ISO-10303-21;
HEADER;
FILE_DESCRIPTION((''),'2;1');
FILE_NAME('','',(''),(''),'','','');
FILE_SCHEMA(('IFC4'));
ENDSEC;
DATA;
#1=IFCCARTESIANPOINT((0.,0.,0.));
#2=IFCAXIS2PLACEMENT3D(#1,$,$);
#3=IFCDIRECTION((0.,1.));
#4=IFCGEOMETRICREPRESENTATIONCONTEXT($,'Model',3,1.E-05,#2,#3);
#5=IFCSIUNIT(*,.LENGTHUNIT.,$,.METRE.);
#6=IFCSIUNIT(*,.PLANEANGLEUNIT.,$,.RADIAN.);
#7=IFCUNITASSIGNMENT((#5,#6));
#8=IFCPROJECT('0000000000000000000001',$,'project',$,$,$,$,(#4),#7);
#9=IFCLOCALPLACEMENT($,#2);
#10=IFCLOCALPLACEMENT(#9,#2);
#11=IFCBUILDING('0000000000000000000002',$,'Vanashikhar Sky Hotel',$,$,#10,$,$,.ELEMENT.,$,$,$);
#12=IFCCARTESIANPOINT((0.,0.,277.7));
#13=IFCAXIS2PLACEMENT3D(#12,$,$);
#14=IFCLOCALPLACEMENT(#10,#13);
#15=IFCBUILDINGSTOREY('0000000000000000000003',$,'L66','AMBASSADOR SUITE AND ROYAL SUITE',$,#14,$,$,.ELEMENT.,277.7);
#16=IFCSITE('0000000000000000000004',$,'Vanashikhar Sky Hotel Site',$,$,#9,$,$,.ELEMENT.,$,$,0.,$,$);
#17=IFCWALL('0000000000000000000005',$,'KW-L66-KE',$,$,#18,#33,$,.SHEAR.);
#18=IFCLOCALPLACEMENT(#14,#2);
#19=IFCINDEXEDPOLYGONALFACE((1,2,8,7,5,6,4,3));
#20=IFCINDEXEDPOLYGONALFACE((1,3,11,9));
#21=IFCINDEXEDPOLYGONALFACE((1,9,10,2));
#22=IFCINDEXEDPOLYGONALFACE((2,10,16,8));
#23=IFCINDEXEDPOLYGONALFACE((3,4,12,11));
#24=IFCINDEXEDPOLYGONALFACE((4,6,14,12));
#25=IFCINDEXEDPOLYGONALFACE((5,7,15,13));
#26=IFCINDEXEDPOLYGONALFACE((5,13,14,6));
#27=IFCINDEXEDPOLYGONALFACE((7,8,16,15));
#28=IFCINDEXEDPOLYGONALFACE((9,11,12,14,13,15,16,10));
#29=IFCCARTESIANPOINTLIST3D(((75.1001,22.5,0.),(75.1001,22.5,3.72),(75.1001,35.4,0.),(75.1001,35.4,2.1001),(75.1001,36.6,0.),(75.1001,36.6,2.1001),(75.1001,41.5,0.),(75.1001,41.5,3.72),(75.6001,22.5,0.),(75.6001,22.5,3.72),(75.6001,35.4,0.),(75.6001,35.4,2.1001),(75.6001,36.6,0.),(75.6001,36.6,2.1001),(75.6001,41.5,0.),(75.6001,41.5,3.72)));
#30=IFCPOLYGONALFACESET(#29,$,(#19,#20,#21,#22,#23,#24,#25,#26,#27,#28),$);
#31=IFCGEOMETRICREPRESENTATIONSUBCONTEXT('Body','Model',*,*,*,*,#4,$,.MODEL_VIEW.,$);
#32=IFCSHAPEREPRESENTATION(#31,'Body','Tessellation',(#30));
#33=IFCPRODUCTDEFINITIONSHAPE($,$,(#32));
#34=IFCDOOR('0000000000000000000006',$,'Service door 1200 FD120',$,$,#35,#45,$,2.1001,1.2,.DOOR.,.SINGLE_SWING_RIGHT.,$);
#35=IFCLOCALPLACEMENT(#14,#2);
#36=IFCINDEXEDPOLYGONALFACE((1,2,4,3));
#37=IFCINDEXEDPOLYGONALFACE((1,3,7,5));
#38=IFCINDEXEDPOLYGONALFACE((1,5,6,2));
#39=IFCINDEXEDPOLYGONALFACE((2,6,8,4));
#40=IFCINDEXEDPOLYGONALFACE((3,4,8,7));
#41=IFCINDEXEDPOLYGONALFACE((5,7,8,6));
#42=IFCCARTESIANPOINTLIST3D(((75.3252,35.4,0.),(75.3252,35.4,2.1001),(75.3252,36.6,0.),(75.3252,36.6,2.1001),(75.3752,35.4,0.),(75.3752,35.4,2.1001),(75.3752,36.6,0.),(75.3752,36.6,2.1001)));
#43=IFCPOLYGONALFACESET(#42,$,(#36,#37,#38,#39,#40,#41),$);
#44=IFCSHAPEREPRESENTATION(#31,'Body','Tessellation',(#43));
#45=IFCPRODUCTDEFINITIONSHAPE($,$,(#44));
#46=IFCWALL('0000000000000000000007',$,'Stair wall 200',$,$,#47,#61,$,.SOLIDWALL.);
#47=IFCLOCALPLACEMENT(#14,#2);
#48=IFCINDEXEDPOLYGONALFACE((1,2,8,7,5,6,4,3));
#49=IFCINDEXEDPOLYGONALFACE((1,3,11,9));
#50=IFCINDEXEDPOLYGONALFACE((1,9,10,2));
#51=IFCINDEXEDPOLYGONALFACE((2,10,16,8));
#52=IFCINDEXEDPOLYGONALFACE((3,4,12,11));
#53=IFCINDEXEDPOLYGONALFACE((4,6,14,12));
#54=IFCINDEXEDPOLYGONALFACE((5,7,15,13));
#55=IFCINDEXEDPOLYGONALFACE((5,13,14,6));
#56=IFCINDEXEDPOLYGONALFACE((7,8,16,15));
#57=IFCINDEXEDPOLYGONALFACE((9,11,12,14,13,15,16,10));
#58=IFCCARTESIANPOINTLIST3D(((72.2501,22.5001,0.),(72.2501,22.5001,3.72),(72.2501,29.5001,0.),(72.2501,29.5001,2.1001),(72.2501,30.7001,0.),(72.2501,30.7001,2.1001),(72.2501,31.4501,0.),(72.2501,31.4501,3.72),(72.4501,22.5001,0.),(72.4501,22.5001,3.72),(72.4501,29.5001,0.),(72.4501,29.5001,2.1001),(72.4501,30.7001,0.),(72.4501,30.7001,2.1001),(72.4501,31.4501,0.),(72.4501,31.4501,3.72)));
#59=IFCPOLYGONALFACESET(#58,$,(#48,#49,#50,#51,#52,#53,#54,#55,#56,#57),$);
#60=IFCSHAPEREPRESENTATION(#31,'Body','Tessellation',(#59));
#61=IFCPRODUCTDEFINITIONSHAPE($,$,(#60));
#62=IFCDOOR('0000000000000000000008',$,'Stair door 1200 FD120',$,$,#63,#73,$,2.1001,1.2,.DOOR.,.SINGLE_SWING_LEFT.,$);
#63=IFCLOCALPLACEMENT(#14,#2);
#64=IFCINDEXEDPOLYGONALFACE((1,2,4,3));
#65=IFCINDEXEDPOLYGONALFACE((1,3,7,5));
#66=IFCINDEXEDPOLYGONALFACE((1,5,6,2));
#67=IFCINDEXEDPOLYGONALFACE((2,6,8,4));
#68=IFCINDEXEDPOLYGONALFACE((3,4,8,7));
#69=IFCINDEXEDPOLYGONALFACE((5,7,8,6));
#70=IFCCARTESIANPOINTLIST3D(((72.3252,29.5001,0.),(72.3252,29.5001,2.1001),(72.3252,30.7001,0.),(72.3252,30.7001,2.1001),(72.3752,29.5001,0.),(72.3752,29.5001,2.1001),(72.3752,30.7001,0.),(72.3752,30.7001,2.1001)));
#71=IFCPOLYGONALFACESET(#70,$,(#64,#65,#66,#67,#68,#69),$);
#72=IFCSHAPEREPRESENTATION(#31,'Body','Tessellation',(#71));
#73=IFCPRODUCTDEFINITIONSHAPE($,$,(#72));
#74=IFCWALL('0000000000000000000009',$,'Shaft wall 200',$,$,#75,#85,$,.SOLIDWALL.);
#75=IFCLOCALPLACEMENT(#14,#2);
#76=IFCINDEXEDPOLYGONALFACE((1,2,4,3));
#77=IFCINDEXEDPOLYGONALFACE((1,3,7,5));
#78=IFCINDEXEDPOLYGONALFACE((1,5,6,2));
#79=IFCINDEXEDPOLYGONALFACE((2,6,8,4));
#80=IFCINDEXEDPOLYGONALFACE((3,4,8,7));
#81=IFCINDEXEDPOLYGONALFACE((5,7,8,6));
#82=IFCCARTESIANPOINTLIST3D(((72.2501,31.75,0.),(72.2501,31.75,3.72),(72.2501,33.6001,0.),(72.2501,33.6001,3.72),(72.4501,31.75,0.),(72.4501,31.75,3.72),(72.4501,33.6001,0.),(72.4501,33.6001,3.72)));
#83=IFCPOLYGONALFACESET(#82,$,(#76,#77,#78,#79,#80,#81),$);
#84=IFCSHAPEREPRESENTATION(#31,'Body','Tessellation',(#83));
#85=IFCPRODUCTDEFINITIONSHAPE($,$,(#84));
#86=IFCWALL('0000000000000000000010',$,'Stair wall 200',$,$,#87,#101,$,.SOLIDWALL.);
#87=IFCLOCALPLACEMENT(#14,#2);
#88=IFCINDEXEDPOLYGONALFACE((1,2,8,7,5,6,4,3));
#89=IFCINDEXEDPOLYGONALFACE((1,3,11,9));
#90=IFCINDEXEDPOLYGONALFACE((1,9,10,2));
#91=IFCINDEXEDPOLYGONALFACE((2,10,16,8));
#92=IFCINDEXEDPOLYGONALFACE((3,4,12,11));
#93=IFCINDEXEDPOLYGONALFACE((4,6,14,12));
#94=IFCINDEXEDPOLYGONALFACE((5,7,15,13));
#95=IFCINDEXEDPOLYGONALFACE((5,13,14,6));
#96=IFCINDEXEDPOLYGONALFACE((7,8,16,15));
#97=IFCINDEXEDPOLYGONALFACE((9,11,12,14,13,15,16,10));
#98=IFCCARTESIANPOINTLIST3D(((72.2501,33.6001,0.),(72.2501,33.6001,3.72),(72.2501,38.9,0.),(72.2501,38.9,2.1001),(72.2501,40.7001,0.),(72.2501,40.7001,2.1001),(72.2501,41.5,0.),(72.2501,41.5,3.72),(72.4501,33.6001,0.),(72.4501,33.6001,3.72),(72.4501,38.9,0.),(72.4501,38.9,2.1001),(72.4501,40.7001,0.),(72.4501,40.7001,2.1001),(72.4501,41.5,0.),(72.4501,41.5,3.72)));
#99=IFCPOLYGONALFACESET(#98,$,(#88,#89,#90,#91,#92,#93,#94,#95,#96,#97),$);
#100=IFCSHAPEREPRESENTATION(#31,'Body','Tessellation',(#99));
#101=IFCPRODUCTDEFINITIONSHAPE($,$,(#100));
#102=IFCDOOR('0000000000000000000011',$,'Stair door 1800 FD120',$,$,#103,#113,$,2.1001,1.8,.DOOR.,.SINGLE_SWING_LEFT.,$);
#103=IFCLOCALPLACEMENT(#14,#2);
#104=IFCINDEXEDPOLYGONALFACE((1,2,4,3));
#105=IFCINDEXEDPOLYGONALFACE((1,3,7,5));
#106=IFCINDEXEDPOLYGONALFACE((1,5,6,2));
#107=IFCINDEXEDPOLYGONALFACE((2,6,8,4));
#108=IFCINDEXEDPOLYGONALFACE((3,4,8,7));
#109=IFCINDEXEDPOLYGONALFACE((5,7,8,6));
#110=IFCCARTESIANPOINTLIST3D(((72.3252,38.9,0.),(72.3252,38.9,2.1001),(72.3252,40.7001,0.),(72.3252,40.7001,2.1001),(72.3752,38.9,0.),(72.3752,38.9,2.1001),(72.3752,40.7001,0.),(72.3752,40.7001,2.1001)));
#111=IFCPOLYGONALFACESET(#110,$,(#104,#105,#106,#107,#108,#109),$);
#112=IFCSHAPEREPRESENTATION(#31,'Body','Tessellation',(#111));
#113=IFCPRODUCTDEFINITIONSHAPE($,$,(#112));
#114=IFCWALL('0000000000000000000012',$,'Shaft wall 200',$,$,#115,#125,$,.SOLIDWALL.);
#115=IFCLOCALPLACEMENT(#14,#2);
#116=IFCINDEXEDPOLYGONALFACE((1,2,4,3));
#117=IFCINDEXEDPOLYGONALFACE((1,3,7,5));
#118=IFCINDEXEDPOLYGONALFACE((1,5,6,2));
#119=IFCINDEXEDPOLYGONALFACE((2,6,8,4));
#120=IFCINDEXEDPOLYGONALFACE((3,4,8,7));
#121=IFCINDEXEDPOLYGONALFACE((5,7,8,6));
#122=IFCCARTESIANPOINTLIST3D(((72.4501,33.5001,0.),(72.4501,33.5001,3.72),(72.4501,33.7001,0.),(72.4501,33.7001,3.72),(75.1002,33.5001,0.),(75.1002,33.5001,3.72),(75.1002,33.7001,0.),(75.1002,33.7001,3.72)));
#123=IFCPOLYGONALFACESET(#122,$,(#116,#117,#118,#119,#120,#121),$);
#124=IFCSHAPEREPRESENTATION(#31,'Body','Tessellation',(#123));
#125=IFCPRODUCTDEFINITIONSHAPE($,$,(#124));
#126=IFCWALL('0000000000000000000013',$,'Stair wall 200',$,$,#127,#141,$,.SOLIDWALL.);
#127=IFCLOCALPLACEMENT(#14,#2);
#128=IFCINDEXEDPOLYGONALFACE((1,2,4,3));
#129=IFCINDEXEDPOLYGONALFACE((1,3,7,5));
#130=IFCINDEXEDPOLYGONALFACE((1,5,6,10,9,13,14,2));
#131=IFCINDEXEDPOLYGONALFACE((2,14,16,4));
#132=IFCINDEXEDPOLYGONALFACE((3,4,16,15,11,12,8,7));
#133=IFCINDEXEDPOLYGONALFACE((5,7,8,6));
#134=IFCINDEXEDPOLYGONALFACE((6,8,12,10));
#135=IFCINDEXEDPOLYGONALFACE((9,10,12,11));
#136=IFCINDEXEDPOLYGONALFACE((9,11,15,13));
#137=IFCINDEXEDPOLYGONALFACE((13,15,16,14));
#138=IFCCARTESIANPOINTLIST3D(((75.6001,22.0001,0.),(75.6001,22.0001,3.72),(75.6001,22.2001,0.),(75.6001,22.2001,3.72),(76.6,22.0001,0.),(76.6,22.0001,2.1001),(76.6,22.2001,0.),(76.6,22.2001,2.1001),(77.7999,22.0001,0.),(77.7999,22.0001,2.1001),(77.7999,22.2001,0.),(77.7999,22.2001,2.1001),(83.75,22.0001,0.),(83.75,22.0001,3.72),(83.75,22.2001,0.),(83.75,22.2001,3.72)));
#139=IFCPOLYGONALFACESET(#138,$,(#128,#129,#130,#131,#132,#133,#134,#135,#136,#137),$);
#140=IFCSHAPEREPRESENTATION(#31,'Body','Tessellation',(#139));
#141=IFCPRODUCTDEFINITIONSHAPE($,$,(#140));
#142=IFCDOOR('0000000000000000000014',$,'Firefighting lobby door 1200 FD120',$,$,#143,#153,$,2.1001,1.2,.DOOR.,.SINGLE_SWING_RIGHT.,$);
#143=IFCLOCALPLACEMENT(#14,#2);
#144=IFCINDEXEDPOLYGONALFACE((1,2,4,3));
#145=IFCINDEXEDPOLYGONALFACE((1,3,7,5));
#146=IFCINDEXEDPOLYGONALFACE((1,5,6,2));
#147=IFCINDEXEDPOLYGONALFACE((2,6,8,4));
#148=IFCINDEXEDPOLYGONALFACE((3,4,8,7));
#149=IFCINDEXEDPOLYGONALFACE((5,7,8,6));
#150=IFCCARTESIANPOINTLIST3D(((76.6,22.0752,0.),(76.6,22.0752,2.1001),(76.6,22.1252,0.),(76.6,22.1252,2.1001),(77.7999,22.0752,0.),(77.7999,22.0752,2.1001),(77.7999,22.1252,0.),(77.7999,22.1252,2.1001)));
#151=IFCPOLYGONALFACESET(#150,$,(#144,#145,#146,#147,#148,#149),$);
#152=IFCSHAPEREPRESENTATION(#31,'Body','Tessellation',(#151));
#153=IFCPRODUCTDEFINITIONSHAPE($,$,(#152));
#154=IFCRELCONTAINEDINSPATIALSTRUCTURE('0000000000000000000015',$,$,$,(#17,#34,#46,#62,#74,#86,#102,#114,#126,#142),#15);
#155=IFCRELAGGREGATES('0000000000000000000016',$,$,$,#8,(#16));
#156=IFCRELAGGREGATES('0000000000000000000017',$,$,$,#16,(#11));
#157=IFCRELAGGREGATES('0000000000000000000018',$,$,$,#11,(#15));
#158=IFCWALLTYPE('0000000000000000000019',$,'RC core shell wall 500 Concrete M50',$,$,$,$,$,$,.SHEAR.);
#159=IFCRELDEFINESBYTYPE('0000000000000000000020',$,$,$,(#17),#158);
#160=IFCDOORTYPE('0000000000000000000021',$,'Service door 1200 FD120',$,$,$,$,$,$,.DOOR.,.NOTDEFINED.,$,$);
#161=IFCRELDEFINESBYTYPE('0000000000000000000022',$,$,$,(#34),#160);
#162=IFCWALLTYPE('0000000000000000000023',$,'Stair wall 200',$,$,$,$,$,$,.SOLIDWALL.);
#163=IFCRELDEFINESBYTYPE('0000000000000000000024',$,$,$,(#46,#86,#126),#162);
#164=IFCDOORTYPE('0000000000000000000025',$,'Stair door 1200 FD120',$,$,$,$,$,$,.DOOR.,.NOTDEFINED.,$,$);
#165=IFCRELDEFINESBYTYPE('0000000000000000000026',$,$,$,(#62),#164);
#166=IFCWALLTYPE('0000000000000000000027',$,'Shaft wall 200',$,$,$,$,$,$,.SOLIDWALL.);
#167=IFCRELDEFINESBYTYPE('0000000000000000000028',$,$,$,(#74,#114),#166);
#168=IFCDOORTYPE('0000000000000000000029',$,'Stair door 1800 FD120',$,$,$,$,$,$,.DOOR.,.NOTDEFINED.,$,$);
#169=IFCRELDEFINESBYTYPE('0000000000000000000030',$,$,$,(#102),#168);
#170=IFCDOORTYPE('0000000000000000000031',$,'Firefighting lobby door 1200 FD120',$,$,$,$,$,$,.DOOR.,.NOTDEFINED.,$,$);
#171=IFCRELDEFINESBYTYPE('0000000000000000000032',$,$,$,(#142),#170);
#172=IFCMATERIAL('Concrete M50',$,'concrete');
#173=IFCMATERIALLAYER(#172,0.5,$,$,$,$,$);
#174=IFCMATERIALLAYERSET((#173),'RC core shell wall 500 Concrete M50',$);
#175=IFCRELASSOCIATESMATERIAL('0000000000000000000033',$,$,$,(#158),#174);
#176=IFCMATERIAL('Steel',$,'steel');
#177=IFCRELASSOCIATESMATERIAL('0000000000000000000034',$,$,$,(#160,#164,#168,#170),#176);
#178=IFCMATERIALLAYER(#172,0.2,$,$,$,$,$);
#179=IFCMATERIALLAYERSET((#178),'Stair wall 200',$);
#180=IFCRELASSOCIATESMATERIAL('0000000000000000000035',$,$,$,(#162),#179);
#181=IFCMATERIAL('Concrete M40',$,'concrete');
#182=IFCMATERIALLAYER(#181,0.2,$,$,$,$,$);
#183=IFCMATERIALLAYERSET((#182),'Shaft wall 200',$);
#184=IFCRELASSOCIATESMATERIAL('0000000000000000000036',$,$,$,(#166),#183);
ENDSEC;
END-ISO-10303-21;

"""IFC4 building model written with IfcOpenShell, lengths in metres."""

from ifc_helpers import new_model, si_unit, direction, frame, frame_2d, origin, place, context, subcontext, project, spatial, rectangle, extrude, source, transform, mapped, material, layer, layer_set, type_object, element, fill, save


model = new_model("IFC4")

# Units and contexts
model_context = context("Model", 3, precision=1e-05, world=origin(), true_north=direction((0.0, 1.0)))
body_context = subcontext(model_context, "Body", "Model", "MODEL_VIEW")
ifc_project = project(units=[si_unit("LENGTHUNIT", "METRE"), si_unit("PLANEANGLEUNIT", "RADIAN")], contexts=[model_context])

# Site, building, storey
site_placement = place(None, origin())
site = spatial("IfcSite", under=ifc_project, at=site_placement, Name="Vanashikhar Sky Hotel Site", CompositionType="ELEMENT", RefElevation=0.0)
building_placement = place(site_placement, origin())
building = spatial("IfcBuilding", under=site, at=building_placement, Name="Vanashikhar Sky Hotel", CompositionType="ELEMENT")
storey_placement = place(building_placement, frame((0.0, 0.0, 277.7)))
storey = spatial("IfcBuildingStorey", under=building, at=storey_placement, Name="L66", Description="AMBASSADOR SUITE AND ROYAL SUITE", CompositionType="ELEMENT", Elevation=277.7)

# Walls, openings, doors
ifc_material_1 = material(Name="Concrete M50", Category="concrete")
ifc_layer_1 = layer(ifc_material_1, 0.5)
ifc_layer_set_1 = layer_set([ifc_layer_1], Name="RC core shell wall 500 Concrete M50")
wall_type_1 = type_object("IfcWallType", Name="RC core shell wall 500 Concrete M50", PredefinedType="SHEAR", material=ifc_layer_set_1)
shared_shape_1 = source(origin(), body_context, "Body", "SweptSolid", [
    extrude(rectangle(XDim=19.0, YDim=0.5, at=frame_2d((9.5, 0.0))), origin(), (0.0, 0.0, 1.0), 3.72),
])
wall_1_placement = place(storey_placement, frame((75.3501, 22.5, 0.0), z_axis=(0.0, 0.0, 1.0), x_axis=(0.0, 1.0, 0.0)))
wall_1 = element("IfcWall", 1, at=wall_1_placement, inside=storey, type_object=wall_type_1, Name="KW-L66-KE", PredefinedType="SHEAR", context=body_context, shape_type="MappedRepresentation", body=[
    mapped(shared_shape_1, transform((0.0, 0.0, 0.0), scale=1.0)),
])
shared_shape_2 = source(origin(), body_context, "Body", "SweptSolid", [
    extrude(rectangle(XDim=1.2, YDim=2.1001, at=frame_2d((0.6001, 1.05))), frame((0.0, 0.26, 0.0), z_axis=(0.0, -1.0, 0.0), x_axis=(1.0, 0.0, 0.0)), (0.0, 0.0, 1.0), 0.52),
])
opening_1_placement = place(wall_1_placement, frame((12.8999, 0.0, 0.0)))
opening_1 = element("IfcOpeningElement", 2, at=opening_1_placement, cuts=wall_1, PredefinedType="OPENING", context=body_context, shape_type="MappedRepresentation", body=[
    mapped(shared_shape_2, transform((0.0, 0.0, 0.0), scale=1.0)),
])
ifc_material_2 = material(Name="Steel", Category="steel")
door_type_1 = type_object("IfcDoorType", Name="Service door 1200 FD120", OperationType="NOTDEFINED", PredefinedType="DOOR", material=ifc_material_2)
shared_shape_3 = source(origin(), body_context, "Body", "SweptSolid", [
    extrude(rectangle(XDim=1.2, YDim=2.1001, at=frame_2d((0.6001, 1.05))), frame((0.0, 0.0249, 0.0), z_axis=(0.0, -1.0, 0.0), x_axis=(1.0, 0.0, 0.0)), (0.0, 0.0, 1.0), 0.05),
])
door_1_placement = place(opening_1_placement, origin())
door_1 = element("IfcDoor", 3, at=door_1_placement, inside=storey, type_object=door_type_1, Name="Service door 1200 FD120", OperationType="SINGLE_SWING_RIGHT", OverallHeight=2.1001, OverallWidth=1.2, PredefinedType="DOOR", context=body_context, shape_type="MappedRepresentation", body=[
    mapped(shared_shape_3, transform((0.0, 0.0, 0.0), scale=1.0)),
])
fill(opening_1, door_1)
ifc_layer_2 = layer(ifc_material_1, 0.2)
ifc_layer_set_2 = layer_set([ifc_layer_2], Name="Stair wall 200")
wall_type_2 = type_object("IfcWallType", Name="Stair wall 200", PredefinedType="SOLIDWALL", material=ifc_layer_set_2)
shared_shape_4 = source(origin(), body_context, "Body", "SweptSolid", [
    extrude(rectangle(XDim=8.95, YDim=0.2, at=frame_2d((4.4751, 0.0))), origin(), (0.0, 0.0, 1.0), 3.72),
])
wall_2_placement = place(storey_placement, frame((72.3501, 22.5, 0.0), z_axis=(0.0, 0.0, 1.0), x_axis=(0.0, 1.0, 0.0)))
wall_2 = element("IfcWall", 4, at=wall_2_placement, inside=storey, type_object=wall_type_2, Name="Stair wall 200", PredefinedType="SOLIDWALL", context=body_context, shape_type="MappedRepresentation", body=[
    mapped(shared_shape_4, transform((0.0, 0.0, 0.0), scale=1.0)),
])
shared_shape_5 = source(origin(), body_context, "Body", "SweptSolid", [
    extrude(rectangle(XDim=1.2, YDim=2.1001, at=frame_2d((0.6001, 1.05))), frame((0.0, 0.1099, 0.0), z_axis=(0.0, -1.0, 0.0), x_axis=(1.0, 0.0, 0.0)), (0.0, 0.0, 1.0), 0.22),
])
opening_2_placement = place(wall_2_placement, frame((7.0, 0.0, 0.0)))
opening_2 = element("IfcOpeningElement", 5, at=opening_2_placement, cuts=wall_2, PredefinedType="OPENING", context=body_context, shape_type="MappedRepresentation", body=[
    mapped(shared_shape_5, transform((0.0, 0.0, 0.0), scale=1.0)),
])
door_type_2 = type_object("IfcDoorType", Name="Stair door 1200 FD120", OperationType="NOTDEFINED", PredefinedType="DOOR", material=ifc_material_2)
door_2_placement = place(opening_2_placement, origin())
door_2 = element("IfcDoor", 6, at=door_2_placement, inside=storey, type_object=door_type_2, Name="Stair door 1200 FD120", OperationType="SINGLE_SWING_LEFT", OverallHeight=2.1001, OverallWidth=1.2, PredefinedType="DOOR", context=body_context, shape_type="MappedRepresentation", body=[
    mapped(shared_shape_3, transform((0.0, 0.0, 0.0), scale=1.0)),
])
fill(opening_2, door_2)

# Wall
ifc_material_3 = material(Name="Concrete M40", Category="concrete")
ifc_layer_3 = layer(ifc_material_3, 0.2)
ifc_layer_set_3 = layer_set([ifc_layer_3], Name="Shaft wall 200")
wall_type_3 = type_object("IfcWallType", Name="Shaft wall 200", PredefinedType="SOLIDWALL", material=ifc_layer_set_3)
shared_shape_6 = source(origin(), body_context, "Body", "SweptSolid", [
    extrude(rectangle(XDim=1.8501, YDim=0.2, at=frame_2d((0.925, 0.0))), origin(), (0.0, 0.0, 1.0), 3.72),
])
wall_3_placement = place(storey_placement, frame((72.3501, 31.75, 0.0), z_axis=(0.0, 0.0, 1.0), x_axis=(0.0, 1.0, 0.0)))
element("IfcWall", 7, at=wall_3_placement, inside=storey, type_object=wall_type_3, Name="Shaft wall 200", PredefinedType="SOLIDWALL", context=body_context, shape_type="MappedRepresentation", body=[
    mapped(shared_shape_6, transform((0.0, 0.0, 0.0), scale=1.0)),
])

# Wall, opening, door
shared_shape_7 = source(origin(), body_context, "Body", "SweptSolid", [
    extrude(rectangle(XDim=7.8999, YDim=0.2, at=frame_2d((3.95, 0.0))), origin(), (0.0, 0.0, 1.0), 3.72),
])
wall_4_placement = place(storey_placement, frame((72.3501, 33.6001, 0.0), z_axis=(0.0, 0.0, 1.0), x_axis=(0.0, 1.0, 0.0)))
wall_4 = element("IfcWall", 8, at=wall_4_placement, inside=storey, type_object=wall_type_2, Name="Stair wall 200", PredefinedType="SOLIDWALL", context=body_context, shape_type="MappedRepresentation", body=[
    mapped(shared_shape_7, transform((0.0, 0.0, 0.0), scale=1.0)),
])
shared_shape_8 = source(origin(), body_context, "Body", "SweptSolid", [
    extrude(rectangle(XDim=1.8, YDim=2.1001, at=frame_2d((0.8999, 1.05))), frame((0.0, 0.1099, 0.0), z_axis=(0.0, -1.0, 0.0), x_axis=(1.0, 0.0, 0.0)), (0.0, 0.0, 1.0), 0.22),
])
opening_3_placement = place(wall_4_placement, frame((5.3, 0.0, 0.0)))
opening_3 = element("IfcOpeningElement", 9, at=opening_3_placement, cuts=wall_4, PredefinedType="OPENING", context=body_context, shape_type="MappedRepresentation", body=[
    mapped(shared_shape_8, transform((0.0, 0.0, 0.0), scale=1.0)),
])
door_type_3 = type_object("IfcDoorType", Name="Stair door 1800 FD120", OperationType="NOTDEFINED", PredefinedType="DOOR", material=ifc_material_2)
shared_shape_9 = source(origin(), body_context, "Body", "SweptSolid", [
    extrude(rectangle(XDim=1.8, YDim=2.1001, at=frame_2d((0.8999, 1.05))), frame((0.0, 0.0249, 0.0), z_axis=(0.0, -1.0, 0.0), x_axis=(1.0, 0.0, 0.0)), (0.0, 0.0, 1.0), 0.05),
])
door_3_placement = place(opening_3_placement, origin())
door_3 = element("IfcDoor", 10, at=door_3_placement, inside=storey, type_object=door_type_3, Name="Stair door 1800 FD120", OperationType="SINGLE_SWING_LEFT", OverallHeight=2.1001, OverallWidth=1.8, PredefinedType="DOOR", context=body_context, shape_type="MappedRepresentation", body=[
    mapped(shared_shape_9, transform((0.0, 0.0, 0.0), scale=1.0)),
])
fill(opening_3, door_3)

# Wall
shared_shape_10 = source(origin(), body_context, "Body", "SweptSolid", [
    extrude(rectangle(XDim=2.6501, YDim=0.2, at=frame_2d((1.3252, 0.0))), origin(), (0.0, 0.0, 1.0), 3.72),
])
wall_5_placement = place(storey_placement, frame((72.45, 33.6001, 0.0), z_axis=(0.0, 0.0, 1.0), x_axis=(1.0, 0.0, 0.0)))
element("IfcWall", 11, at=wall_5_placement, inside=storey, type_object=wall_type_3, Name="Shaft wall 200", PredefinedType="SOLIDWALL", context=body_context, shape_type="MappedRepresentation", body=[
    mapped(shared_shape_10, transform((0.0, 0.0, 0.0), scale=1.0)),
])

# Wall, opening, door
shared_shape_11 = source(origin(), body_context, "Body", "SweptSolid", [
    extrude(rectangle(XDim=8.1499, YDim=0.2, at=frame_2d((4.075, 0.0))), origin(), (0.0, 0.0, 1.0), 3.72),
])
wall_6_placement = place(storey_placement, frame((83.75, 22.1001, 0.0), z_axis=(0.0, 0.0, 1.0), x_axis=(-1.0, 0.0, 0.0)))
wall_6 = element("IfcWall", 12, at=wall_6_placement, inside=storey, type_object=wall_type_2, Name="Stair wall 200", PredefinedType="SOLIDWALL", context=body_context, shape_type="MappedRepresentation", body=[
    mapped(shared_shape_11, transform((0.0, 0.0, 0.0), scale=1.0)),
])
opening_4_placement = place(wall_6_placement, frame((5.95, 0.0, 0.0)))
opening_4 = element("IfcOpeningElement", 13, at=opening_4_placement, cuts=wall_6, PredefinedType="OPENING", context=body_context, shape_type="MappedRepresentation", body=[
    mapped(shared_shape_5, transform((0.0, 0.0, 0.0), scale=1.0)),
])
door_type_4 = type_object("IfcDoorType", Name="Firefighting lobby door 1200 FD120", OperationType="NOTDEFINED", PredefinedType="DOOR", material=ifc_material_2)
door_4_placement = place(opening_4_placement, origin())
door_4 = element("IfcDoor", 14, at=door_4_placement, inside=storey, type_object=door_type_4, Name="Firefighting lobby door 1200 FD120", OperationType="SINGLE_SWING_RIGHT", OverallHeight=2.1001, OverallWidth=1.2, PredefinedType="DOOR", context=body_context, shape_type="MappedRepresentation", body=[
    mapped(shared_shape_3, transform((0.0, 0.0, 0.0), scale=1.0)),
])
fill(opening_4, door_4)

save(model, "model.ifc")
